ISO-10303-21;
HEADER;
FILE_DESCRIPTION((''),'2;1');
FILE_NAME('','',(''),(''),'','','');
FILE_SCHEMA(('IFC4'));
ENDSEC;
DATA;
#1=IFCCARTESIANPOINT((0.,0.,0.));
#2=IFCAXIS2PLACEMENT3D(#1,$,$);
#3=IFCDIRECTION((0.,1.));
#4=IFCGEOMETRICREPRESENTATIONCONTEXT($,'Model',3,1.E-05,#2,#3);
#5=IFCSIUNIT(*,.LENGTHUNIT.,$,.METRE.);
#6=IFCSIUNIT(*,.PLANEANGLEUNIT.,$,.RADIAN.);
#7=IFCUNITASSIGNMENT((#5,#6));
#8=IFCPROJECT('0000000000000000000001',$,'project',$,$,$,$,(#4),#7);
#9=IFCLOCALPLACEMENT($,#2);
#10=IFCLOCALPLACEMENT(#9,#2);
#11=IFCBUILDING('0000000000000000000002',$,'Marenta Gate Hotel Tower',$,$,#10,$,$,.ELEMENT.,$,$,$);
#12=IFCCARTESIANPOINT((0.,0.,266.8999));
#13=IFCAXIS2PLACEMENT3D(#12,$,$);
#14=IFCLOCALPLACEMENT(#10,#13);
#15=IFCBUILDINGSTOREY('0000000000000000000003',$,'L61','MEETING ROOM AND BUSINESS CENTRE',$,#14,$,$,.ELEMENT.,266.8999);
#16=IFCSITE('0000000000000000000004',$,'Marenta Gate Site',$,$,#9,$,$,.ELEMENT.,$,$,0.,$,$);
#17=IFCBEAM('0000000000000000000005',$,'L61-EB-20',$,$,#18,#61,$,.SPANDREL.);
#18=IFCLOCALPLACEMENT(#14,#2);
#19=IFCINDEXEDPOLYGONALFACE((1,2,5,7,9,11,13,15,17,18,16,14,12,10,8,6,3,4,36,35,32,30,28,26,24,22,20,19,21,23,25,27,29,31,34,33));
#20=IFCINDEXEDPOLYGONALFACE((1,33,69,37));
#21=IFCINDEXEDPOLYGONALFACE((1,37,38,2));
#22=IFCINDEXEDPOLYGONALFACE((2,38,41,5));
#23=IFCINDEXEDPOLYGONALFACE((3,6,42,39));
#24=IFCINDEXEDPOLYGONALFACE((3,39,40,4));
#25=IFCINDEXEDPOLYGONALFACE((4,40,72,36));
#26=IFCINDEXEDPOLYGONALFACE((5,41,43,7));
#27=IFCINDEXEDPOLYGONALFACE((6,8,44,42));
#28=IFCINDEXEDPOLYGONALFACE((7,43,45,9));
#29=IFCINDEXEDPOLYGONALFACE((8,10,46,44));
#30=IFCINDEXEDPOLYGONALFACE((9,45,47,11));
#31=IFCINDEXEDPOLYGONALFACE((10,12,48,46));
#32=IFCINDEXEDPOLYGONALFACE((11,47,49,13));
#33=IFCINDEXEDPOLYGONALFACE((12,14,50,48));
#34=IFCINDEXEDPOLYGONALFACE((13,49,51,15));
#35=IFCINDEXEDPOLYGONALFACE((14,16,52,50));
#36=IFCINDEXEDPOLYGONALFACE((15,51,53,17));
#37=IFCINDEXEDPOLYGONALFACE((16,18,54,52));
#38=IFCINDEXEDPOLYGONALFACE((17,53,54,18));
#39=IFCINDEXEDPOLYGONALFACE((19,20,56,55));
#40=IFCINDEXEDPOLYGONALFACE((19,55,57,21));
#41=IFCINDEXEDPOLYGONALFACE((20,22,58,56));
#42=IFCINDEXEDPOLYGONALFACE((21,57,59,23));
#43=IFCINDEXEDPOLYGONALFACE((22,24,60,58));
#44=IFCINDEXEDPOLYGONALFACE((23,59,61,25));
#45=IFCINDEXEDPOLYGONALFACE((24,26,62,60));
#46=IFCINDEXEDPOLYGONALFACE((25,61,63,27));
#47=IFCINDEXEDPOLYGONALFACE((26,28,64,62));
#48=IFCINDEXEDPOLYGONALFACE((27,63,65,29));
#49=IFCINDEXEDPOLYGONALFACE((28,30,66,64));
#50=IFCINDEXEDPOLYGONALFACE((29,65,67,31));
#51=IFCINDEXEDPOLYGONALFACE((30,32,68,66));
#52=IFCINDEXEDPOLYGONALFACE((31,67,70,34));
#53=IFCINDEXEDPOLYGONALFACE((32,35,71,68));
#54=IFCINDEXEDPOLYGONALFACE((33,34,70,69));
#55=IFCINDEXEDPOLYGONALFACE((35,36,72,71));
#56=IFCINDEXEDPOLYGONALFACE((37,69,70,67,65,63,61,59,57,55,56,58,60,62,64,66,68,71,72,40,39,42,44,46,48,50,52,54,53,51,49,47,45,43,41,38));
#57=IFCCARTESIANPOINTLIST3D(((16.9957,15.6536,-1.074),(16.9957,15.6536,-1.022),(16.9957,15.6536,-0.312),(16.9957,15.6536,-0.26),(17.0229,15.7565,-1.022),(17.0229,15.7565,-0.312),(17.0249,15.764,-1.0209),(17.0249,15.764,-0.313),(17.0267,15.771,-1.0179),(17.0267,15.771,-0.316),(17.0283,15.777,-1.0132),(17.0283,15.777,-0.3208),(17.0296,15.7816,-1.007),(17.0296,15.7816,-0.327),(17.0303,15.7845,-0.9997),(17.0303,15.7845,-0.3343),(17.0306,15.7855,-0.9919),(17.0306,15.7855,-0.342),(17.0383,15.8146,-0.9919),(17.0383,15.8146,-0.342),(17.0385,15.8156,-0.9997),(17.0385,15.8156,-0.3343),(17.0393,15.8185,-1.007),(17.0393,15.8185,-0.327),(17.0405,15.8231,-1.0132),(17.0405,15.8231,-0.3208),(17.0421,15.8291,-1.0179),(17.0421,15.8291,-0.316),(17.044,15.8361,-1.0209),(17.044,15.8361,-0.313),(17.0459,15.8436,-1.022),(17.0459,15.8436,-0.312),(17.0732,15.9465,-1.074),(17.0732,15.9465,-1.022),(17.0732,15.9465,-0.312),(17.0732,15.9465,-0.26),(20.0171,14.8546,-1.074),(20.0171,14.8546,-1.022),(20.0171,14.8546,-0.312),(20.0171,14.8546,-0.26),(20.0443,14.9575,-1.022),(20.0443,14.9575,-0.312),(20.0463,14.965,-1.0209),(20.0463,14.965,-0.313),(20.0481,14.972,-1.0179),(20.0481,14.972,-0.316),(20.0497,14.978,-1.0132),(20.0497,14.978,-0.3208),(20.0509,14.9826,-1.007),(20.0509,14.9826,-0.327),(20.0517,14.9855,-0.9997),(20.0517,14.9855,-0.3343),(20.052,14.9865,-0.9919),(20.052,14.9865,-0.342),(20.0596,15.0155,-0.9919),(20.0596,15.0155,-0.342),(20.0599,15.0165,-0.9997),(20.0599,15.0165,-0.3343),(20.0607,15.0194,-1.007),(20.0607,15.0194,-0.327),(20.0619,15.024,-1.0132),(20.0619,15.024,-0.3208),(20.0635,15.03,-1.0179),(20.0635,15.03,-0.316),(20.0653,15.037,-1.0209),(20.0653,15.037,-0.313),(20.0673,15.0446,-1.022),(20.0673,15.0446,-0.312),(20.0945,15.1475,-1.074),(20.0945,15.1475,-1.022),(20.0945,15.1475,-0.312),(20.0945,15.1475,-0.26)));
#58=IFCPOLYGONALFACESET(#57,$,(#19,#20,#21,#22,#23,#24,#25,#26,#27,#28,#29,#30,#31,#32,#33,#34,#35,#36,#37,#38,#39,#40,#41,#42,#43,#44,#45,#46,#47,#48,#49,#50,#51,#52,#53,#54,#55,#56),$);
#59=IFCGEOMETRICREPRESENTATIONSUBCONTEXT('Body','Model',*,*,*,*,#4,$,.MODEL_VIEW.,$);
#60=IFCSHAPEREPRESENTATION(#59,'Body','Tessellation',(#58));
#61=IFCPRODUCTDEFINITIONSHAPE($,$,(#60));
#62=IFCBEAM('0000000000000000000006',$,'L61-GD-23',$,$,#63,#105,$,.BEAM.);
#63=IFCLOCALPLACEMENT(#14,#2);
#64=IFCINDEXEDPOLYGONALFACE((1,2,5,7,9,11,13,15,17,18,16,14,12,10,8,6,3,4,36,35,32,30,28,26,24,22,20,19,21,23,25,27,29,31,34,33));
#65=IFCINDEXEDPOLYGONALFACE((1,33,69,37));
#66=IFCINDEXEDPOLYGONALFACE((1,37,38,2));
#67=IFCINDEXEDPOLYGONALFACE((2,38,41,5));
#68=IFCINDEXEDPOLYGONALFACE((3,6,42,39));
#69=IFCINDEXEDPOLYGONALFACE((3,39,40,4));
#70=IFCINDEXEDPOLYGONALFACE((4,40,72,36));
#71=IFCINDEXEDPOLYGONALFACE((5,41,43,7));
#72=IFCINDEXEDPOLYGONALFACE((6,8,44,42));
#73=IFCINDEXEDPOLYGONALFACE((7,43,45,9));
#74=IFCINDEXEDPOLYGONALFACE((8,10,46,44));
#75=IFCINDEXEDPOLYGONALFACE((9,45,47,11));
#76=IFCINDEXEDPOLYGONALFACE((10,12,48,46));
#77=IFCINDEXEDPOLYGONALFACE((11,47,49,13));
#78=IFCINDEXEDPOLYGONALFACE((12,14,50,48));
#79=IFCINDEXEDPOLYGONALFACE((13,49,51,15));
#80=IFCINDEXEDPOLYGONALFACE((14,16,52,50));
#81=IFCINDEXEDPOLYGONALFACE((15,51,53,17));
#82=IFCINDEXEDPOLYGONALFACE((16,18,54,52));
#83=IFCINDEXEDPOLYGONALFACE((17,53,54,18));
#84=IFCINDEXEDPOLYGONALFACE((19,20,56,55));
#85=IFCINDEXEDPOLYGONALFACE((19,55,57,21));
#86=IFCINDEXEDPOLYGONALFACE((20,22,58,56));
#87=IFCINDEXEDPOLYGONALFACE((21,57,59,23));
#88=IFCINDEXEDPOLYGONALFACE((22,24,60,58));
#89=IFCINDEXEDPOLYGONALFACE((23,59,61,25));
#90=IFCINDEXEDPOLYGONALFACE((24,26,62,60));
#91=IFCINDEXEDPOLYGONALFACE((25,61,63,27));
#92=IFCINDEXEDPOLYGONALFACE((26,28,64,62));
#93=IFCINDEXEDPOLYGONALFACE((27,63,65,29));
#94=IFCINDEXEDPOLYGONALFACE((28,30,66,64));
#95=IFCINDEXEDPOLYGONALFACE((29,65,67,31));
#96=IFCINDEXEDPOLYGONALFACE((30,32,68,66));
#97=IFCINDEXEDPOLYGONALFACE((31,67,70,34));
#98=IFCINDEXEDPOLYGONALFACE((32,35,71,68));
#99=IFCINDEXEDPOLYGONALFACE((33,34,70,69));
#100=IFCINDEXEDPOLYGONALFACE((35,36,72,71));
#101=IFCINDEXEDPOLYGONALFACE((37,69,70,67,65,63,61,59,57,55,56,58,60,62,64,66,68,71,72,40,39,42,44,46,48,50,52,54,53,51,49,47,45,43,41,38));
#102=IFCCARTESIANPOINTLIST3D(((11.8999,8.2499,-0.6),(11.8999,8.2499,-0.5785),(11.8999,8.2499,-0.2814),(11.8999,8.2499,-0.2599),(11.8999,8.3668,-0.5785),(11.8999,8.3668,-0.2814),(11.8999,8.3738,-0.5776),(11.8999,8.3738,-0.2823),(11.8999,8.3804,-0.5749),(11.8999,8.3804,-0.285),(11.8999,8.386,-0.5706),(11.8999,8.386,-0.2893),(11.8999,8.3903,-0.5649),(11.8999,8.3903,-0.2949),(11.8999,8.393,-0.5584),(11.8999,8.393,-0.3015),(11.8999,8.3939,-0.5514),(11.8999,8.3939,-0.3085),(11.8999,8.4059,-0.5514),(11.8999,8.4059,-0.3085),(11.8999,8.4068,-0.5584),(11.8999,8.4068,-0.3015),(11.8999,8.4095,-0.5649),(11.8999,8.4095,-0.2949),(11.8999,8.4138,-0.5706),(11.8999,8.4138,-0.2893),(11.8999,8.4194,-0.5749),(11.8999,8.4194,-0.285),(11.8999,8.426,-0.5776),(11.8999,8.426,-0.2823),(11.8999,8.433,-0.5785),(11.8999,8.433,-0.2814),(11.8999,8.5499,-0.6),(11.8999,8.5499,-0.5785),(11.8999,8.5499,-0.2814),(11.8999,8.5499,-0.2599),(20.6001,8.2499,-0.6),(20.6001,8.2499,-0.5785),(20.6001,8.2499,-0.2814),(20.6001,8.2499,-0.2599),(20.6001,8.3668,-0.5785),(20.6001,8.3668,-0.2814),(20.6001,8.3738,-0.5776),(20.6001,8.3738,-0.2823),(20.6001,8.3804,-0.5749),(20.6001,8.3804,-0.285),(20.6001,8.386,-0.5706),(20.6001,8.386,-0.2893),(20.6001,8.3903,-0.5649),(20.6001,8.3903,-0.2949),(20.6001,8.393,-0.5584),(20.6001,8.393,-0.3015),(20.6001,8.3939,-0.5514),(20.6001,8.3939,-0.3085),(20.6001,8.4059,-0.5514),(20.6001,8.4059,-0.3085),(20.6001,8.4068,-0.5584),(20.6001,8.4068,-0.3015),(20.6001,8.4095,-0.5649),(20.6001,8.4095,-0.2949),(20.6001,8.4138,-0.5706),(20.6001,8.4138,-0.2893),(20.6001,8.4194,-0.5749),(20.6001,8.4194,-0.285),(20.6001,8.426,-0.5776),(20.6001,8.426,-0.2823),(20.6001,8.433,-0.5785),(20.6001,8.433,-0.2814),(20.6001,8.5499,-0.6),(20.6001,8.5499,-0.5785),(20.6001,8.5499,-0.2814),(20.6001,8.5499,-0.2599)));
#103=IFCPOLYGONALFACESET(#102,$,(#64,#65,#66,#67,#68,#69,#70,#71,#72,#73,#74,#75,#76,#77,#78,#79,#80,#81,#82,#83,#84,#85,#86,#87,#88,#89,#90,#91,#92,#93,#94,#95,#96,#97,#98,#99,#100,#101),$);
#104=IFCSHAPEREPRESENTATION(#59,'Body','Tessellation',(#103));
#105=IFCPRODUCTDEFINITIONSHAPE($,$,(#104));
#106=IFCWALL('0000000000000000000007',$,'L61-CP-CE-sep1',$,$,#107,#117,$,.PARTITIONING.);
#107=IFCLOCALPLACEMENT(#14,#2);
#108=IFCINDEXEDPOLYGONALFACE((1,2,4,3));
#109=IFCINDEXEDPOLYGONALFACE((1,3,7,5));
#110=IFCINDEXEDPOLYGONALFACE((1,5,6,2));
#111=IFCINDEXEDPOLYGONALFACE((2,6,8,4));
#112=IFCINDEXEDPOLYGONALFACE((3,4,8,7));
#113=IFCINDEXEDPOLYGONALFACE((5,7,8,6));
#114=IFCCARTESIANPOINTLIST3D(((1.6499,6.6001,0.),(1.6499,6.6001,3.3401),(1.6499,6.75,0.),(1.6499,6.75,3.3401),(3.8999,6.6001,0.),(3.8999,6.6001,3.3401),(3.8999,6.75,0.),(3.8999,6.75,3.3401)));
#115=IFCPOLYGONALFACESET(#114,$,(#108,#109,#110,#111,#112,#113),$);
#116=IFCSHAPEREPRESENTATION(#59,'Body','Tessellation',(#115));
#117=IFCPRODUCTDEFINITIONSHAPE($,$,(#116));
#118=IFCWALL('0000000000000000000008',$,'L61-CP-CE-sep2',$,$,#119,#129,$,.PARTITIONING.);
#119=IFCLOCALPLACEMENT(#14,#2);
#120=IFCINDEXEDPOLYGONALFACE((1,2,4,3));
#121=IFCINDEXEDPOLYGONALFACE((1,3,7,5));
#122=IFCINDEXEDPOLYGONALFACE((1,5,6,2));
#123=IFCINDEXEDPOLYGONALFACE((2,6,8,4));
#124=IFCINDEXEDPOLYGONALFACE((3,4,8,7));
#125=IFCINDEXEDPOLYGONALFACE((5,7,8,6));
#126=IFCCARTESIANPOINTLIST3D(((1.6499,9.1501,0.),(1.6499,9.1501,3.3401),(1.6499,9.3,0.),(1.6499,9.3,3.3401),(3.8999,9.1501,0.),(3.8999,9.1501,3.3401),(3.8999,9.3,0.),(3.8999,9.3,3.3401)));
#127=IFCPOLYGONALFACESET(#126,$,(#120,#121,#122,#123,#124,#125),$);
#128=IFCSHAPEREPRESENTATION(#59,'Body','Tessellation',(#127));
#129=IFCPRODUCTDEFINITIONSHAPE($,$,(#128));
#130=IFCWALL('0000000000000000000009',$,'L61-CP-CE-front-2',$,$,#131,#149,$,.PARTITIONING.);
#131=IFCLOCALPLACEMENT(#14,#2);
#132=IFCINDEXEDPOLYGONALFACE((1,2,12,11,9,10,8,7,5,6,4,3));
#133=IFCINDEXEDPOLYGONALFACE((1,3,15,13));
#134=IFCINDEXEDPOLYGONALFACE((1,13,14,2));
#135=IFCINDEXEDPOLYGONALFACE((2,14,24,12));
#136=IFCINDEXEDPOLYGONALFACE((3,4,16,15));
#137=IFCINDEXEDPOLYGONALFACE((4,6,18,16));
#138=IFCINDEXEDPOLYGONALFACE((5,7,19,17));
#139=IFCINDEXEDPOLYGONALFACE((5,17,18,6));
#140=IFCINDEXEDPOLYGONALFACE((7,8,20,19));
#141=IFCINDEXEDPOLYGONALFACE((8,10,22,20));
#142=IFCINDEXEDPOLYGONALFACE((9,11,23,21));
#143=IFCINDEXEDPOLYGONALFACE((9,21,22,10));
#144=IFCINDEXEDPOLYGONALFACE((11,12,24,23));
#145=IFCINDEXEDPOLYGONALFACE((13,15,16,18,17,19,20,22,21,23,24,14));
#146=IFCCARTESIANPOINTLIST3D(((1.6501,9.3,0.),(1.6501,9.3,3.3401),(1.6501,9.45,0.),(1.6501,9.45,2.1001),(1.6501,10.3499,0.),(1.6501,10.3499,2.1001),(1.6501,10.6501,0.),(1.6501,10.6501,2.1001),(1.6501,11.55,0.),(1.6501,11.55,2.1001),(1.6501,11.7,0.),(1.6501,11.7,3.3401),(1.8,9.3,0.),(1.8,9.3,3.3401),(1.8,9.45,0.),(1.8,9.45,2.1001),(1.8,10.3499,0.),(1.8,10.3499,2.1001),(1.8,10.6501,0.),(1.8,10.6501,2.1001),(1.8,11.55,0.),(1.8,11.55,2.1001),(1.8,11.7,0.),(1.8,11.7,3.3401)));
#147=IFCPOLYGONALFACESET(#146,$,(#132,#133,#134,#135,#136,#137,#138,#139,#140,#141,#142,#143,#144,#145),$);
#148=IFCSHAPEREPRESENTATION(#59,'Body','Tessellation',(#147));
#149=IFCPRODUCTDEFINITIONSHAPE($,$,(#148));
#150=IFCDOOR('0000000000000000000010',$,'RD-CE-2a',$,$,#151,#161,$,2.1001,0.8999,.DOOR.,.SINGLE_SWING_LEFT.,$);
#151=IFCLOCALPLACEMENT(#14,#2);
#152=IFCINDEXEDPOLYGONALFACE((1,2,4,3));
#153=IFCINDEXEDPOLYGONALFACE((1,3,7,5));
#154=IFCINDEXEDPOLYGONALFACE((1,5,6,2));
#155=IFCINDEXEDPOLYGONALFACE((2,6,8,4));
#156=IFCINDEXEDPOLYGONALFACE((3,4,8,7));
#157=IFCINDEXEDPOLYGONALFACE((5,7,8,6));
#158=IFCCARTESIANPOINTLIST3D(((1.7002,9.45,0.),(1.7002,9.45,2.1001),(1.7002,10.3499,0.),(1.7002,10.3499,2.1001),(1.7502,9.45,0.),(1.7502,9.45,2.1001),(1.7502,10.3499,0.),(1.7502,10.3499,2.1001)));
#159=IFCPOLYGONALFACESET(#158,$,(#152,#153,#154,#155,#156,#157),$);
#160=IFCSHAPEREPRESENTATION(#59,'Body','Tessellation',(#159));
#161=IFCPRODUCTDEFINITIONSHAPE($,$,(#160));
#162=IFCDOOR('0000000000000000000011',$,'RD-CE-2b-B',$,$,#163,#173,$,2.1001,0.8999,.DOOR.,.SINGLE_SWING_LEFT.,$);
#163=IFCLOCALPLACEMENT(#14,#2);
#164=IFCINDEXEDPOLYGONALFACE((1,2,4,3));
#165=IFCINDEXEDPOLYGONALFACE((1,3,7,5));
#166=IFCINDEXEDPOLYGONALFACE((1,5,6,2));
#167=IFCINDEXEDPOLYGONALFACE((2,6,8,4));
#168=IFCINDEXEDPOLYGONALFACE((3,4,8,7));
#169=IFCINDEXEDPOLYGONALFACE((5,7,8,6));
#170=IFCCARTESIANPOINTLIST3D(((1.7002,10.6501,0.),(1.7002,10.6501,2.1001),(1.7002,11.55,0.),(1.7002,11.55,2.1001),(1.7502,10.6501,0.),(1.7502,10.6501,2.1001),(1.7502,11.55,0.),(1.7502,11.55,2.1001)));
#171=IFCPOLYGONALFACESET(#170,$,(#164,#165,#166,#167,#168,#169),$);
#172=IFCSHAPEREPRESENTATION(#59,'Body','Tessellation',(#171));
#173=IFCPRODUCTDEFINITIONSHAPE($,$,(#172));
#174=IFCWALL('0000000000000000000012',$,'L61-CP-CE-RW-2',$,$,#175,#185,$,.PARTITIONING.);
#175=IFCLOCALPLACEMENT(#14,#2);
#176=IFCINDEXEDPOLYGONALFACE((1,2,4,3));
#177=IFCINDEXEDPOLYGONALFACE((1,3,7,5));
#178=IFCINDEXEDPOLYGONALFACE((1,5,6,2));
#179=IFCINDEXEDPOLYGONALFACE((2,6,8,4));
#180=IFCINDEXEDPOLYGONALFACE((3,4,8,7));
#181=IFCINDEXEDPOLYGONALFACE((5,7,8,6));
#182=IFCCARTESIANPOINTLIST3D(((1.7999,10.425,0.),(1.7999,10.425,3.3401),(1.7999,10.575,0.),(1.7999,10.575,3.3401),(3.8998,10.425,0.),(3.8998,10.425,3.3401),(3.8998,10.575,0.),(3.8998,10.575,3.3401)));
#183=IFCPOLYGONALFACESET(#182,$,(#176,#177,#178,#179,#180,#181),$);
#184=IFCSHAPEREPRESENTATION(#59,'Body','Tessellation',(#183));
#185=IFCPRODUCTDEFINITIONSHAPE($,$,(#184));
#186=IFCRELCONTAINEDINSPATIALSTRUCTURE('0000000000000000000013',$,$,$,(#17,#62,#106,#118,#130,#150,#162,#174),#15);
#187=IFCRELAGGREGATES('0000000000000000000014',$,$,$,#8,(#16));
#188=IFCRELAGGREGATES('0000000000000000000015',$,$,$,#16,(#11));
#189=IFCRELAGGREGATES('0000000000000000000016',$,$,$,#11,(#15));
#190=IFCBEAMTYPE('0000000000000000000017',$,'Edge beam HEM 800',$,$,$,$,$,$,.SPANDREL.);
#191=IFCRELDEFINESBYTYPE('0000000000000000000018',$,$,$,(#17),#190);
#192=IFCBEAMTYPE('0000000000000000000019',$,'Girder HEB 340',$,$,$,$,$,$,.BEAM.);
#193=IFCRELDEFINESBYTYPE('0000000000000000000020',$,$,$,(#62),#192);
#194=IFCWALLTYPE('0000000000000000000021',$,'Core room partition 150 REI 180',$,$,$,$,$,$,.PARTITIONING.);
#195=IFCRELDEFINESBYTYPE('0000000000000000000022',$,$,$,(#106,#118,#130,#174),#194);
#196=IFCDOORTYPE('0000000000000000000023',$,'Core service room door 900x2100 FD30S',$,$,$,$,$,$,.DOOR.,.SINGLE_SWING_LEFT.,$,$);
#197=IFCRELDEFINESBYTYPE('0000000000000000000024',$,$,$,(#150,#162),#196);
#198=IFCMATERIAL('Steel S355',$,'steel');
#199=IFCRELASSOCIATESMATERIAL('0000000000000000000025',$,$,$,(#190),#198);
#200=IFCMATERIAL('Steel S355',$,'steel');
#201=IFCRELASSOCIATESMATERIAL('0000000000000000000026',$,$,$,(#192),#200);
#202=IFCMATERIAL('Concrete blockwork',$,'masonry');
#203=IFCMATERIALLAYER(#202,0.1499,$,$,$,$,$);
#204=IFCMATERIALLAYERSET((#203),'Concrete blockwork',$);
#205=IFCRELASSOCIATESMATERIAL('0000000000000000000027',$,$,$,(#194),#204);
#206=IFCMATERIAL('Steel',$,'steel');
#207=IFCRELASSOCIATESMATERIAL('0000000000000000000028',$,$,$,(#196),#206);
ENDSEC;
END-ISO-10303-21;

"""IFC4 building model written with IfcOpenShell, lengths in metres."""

from ifc_helpers import new_model, si_unit, direction, frame, frame_2d, origin, origin_2d, place, context, subcontext, project, spatial, rectangle, i_section, extrude, material, layer, layer_set, material_profile, profile_set, type_object, element, fill, save


model = new_model("IFC4")

# Units and contexts
model_context = context("Model", 3, precision=1e-05, world=origin(), true_north=direction((0.0, 1.0)))
body_context = subcontext(model_context, "Body", "Model", "MODEL_VIEW")
ifc_project = project(units=[si_unit("LENGTHUNIT", "METRE"), si_unit("PLANEANGLEUNIT", "RADIAN")], contexts=[model_context])

# Site, building, storey
site_placement = place(None, origin())
site = spatial("IfcSite", under=ifc_project, at=site_placement, Name="Marenta Gate Site", CompositionType="ELEMENT", RefElevation=0.0)
building_placement = place(site_placement, origin())
building = spatial("IfcBuilding", under=site, at=building_placement, Name="Marenta Gate Hotel Tower", CompositionType="ELEMENT")
storey_placement = place(building_placement, frame((0.0, 0.0, 266.8999)))
storey = spatial("IfcBuildingStorey", under=building, at=storey_placement, Name="L61", Description="MEETING ROOM AND BUSINESS CENTRE", CompositionType="ELEMENT", Elevation=266.8999)

# Beams
ifc_material_1 = material(Name="Steel S355", Category="steel")
ifc_material_profile_1 = material_profile(ifc_material_1, i_section(OverallWidth=0.303, OverallDepth=0.814, WebThickness=0.03, FlangeThickness=0.052, FilletRadius=0.03, at=origin_2d()), Name="HEM 800")
ifc_profile_set_1 = profile_set([ifc_material_profile_1], Name="Steel S355")
beam_type_1 = type_object("IfcBeamType", Name="Edge beam HEM 800", PredefinedType="SPANDREL", material=ifc_profile_set_1)
beam_1_placement = place(storey_placement, frame((17.0344, 15.8, -0.667), z_axis=(0.966763, -0.255674, 0.0), x_axis=(0.255674, 0.966763, 0.0)))
element("IfcBeam", 1, at=beam_1_placement, inside=storey, type_object=beam_type_1, Name="L61-EB-20", PredefinedType="SPANDREL", context=body_context, shape_type="SweptSolid", body=[
    extrude(i_section(OverallWidth=0.303, OverallDepth=0.814, WebThickness=0.03, FlangeThickness=0.052, FilletRadius=0.03, at=origin_2d()), origin(), (0.0, 0.0, 1.0), 3.1252),
])
ifc_material_2 = material(Name="Steel S355", Category="steel")
ifc_material_profile_2 = material_profile(ifc_material_2, i_section(OverallWidth=0.3, OverallDepth=0.3401, WebThickness=0.012, FlangeThickness=0.0215, FilletRadius=0.0271, at=origin_2d()), Name="HEB 340")
ifc_profile_set_2 = profile_set([ifc_material_profile_2], Name="Steel S355")
beam_type_2 = type_object("IfcBeamType", Name="Girder HEB 340", PredefinedType="BEAM", material=ifc_profile_set_2)
beam_2_placement = place(storey_placement, frame((11.8999, 8.3999, -0.4299), z_axis=(1.0, 0.0, 0.0), x_axis=(0.0, 1.0, 0.0)))
element("IfcBeam", 2, at=beam_2_placement, inside=storey, type_object=beam_type_2, Name="L61-GD-23", PredefinedType="BEAM", context=body_context, shape_type="SweptSolid", body=[
    extrude(i_section(OverallWidth=0.3, OverallDepth=0.3401, WebThickness=0.012, FlangeThickness=0.0215, FilletRadius=0.0271, at=origin_2d()), origin(), (0.0, 0.0, 1.0), 8.7002),
])

# Walls
ifc_material_3 = material(Name="Concrete blockwork", Category="masonry")
ifc_layer_1 = layer(ifc_material_3, 0.1499)
ifc_layer_set_1 = layer_set([ifc_layer_1], Name="Concrete blockwork")
wall_type_1 = type_object("IfcWallType", Name="Core room partition 150 REI 180", PredefinedType="PARTITIONING", material=ifc_layer_set_1)
for number, where, z_axis, x_axis, name in (
    (3, (1.6499, 6.675, 0.0), (0.0, 0.0, 1.0), (1.0, 0.0, 0.0), "L61-CP-CE-sep1"),
    (4, (1.6499, 9.2251, 0.0), (0.0, 0.0, 1.0), (1.0, 0.0, 0.0), "L61-CP-CE-sep2"),
):
    element("IfcWall", number, at=place(storey_placement, frame(where, z_axis=z_axis, x_axis=x_axis)), inside=storey, type_object=wall_type_1, Name=name, PredefinedType="PARTITIONING", context=body_context, shape_type="SweptSolid", body=[
        extrude(rectangle(XDim=2.25, YDim=0.1499, at=frame_2d((1.125, 0.0))), origin(), (0.0, 0.0, 1.0), 3.3401),
    ])

# Wall, openings, doors
wall_1_placement = place(storey_placement, frame((1.7251, 9.3, 0.0), z_axis=(0.0, 0.0, 1.0), x_axis=(0.0, 1.0, 0.0)))
wall_1 = element("IfcWall", 5, at=wall_1_placement, inside=storey, type_object=wall_type_1, Name="L61-CP-CE-front-2", PredefinedType="PARTITIONING", context=body_context, shape_type="SweptSolid", body=[
    extrude(rectangle(XDim=2.3999, YDim=0.1499, at=frame_2d((1.2, 0.0))), origin(), (0.0, 0.0, 1.0), 3.3401),
])
opening_1_placement = place(wall_1_placement, frame((0.1499, 0.0, 0.0)))
opening_1 = element("IfcOpeningElement", 6, at=opening_1_placement, cuts=wall_1, PredefinedType="OPENING", context=body_context, shape_type="SweptSolid", body=[
    extrude(rectangle(XDim=0.8999, YDim=2.1001, at=frame_2d((0.45, 1.05))), frame((0.0, 0.075, 0.0), z_axis=(0.0, -1.0, 0.0), x_axis=(1.0, 0.0, 0.0)), (0.0, 0.0, 1.0), 0.1499),
])
opening_2_placement = place(wall_1_placement, frame((1.3501, 0.0, 0.0)))
opening_2 = element("IfcOpeningElement", 7, at=opening_2_placement, cuts=wall_1, PredefinedType="OPENING", context=body_context, shape_type="SweptSolid", body=[
    extrude(rectangle(XDim=0.8999, YDim=2.1001, at=frame_2d((0.45, 1.05))), frame((0.0, 0.075, 0.0), z_axis=(0.0, -1.0, 0.0), x_axis=(1.0, 0.0, 0.0)), (0.0, 0.0, 1.0), 0.1499),
])
ifc_material_4 = material(Name="Steel", Category="steel")
door_type_1 = type_object("IfcDoorType", Name="Core service room door 900x2100 FD30S", OperationType="SINGLE_SWING_LEFT", PredefinedType="DOOR", material=ifc_material_4)
door_1_placement = place(opening_1_placement, origin())
door_1 = element("IfcDoor", 8, at=door_1_placement, inside=storey, type_object=door_type_1, Name="RD-CE-2a", OperationType="SINGLE_SWING_LEFT", OverallHeight=2.1001, OverallWidth=0.8999, PredefinedType="DOOR", context=body_context, shape_type="SweptSolid", body=[
    extrude(rectangle(XDim=0.8999, YDim=2.1001, at=frame_2d((0.45, 1.05))), frame((0.0, 0.0249, 0.0), z_axis=(0.0, -1.0, 0.0), x_axis=(1.0, 0.0, 0.0)), (0.0, 0.0, 1.0), 0.05),
])
fill(opening_1, door_1)
door_2_placement = place(opening_2_placement, origin())
door_2 = element("IfcDoor", 9, at=door_2_placement, inside=storey, type_object=door_type_1, Name="RD-CE-2b-B", OperationType="SINGLE_SWING_LEFT", OverallHeight=2.1001, OverallWidth=0.8999, PredefinedType="DOOR", context=body_context, shape_type="SweptSolid", body=[
    extrude(rectangle(XDim=0.8999, YDim=2.1001, at=frame_2d((0.45, 1.05))), frame((0.0, 0.0249, 0.0), z_axis=(0.0, -1.0, 0.0), x_axis=(1.0, 0.0, 0.0)), (0.0, 0.0, 1.0), 0.05),
])
fill(opening_2, door_2)

# Wall
wall_2_placement = place(storey_placement, frame((1.8, 10.5, 0.0), z_axis=(0.0, 0.0, 1.0), x_axis=(1.0, 0.0, 0.0)))
element("IfcWall", 10, at=wall_2_placement, inside=storey, type_object=wall_type_1, Name="L61-CP-CE-RW-2", PredefinedType="PARTITIONING", context=body_context, shape_type="SweptSolid", body=[
    extrude(rectangle(XDim=2.0999, YDim=0.1499, at=frame_2d((1.0498, 0.0))), origin(), (0.0, 0.0, 1.0), 3.3401),
])

save(model, "model.ifc")
